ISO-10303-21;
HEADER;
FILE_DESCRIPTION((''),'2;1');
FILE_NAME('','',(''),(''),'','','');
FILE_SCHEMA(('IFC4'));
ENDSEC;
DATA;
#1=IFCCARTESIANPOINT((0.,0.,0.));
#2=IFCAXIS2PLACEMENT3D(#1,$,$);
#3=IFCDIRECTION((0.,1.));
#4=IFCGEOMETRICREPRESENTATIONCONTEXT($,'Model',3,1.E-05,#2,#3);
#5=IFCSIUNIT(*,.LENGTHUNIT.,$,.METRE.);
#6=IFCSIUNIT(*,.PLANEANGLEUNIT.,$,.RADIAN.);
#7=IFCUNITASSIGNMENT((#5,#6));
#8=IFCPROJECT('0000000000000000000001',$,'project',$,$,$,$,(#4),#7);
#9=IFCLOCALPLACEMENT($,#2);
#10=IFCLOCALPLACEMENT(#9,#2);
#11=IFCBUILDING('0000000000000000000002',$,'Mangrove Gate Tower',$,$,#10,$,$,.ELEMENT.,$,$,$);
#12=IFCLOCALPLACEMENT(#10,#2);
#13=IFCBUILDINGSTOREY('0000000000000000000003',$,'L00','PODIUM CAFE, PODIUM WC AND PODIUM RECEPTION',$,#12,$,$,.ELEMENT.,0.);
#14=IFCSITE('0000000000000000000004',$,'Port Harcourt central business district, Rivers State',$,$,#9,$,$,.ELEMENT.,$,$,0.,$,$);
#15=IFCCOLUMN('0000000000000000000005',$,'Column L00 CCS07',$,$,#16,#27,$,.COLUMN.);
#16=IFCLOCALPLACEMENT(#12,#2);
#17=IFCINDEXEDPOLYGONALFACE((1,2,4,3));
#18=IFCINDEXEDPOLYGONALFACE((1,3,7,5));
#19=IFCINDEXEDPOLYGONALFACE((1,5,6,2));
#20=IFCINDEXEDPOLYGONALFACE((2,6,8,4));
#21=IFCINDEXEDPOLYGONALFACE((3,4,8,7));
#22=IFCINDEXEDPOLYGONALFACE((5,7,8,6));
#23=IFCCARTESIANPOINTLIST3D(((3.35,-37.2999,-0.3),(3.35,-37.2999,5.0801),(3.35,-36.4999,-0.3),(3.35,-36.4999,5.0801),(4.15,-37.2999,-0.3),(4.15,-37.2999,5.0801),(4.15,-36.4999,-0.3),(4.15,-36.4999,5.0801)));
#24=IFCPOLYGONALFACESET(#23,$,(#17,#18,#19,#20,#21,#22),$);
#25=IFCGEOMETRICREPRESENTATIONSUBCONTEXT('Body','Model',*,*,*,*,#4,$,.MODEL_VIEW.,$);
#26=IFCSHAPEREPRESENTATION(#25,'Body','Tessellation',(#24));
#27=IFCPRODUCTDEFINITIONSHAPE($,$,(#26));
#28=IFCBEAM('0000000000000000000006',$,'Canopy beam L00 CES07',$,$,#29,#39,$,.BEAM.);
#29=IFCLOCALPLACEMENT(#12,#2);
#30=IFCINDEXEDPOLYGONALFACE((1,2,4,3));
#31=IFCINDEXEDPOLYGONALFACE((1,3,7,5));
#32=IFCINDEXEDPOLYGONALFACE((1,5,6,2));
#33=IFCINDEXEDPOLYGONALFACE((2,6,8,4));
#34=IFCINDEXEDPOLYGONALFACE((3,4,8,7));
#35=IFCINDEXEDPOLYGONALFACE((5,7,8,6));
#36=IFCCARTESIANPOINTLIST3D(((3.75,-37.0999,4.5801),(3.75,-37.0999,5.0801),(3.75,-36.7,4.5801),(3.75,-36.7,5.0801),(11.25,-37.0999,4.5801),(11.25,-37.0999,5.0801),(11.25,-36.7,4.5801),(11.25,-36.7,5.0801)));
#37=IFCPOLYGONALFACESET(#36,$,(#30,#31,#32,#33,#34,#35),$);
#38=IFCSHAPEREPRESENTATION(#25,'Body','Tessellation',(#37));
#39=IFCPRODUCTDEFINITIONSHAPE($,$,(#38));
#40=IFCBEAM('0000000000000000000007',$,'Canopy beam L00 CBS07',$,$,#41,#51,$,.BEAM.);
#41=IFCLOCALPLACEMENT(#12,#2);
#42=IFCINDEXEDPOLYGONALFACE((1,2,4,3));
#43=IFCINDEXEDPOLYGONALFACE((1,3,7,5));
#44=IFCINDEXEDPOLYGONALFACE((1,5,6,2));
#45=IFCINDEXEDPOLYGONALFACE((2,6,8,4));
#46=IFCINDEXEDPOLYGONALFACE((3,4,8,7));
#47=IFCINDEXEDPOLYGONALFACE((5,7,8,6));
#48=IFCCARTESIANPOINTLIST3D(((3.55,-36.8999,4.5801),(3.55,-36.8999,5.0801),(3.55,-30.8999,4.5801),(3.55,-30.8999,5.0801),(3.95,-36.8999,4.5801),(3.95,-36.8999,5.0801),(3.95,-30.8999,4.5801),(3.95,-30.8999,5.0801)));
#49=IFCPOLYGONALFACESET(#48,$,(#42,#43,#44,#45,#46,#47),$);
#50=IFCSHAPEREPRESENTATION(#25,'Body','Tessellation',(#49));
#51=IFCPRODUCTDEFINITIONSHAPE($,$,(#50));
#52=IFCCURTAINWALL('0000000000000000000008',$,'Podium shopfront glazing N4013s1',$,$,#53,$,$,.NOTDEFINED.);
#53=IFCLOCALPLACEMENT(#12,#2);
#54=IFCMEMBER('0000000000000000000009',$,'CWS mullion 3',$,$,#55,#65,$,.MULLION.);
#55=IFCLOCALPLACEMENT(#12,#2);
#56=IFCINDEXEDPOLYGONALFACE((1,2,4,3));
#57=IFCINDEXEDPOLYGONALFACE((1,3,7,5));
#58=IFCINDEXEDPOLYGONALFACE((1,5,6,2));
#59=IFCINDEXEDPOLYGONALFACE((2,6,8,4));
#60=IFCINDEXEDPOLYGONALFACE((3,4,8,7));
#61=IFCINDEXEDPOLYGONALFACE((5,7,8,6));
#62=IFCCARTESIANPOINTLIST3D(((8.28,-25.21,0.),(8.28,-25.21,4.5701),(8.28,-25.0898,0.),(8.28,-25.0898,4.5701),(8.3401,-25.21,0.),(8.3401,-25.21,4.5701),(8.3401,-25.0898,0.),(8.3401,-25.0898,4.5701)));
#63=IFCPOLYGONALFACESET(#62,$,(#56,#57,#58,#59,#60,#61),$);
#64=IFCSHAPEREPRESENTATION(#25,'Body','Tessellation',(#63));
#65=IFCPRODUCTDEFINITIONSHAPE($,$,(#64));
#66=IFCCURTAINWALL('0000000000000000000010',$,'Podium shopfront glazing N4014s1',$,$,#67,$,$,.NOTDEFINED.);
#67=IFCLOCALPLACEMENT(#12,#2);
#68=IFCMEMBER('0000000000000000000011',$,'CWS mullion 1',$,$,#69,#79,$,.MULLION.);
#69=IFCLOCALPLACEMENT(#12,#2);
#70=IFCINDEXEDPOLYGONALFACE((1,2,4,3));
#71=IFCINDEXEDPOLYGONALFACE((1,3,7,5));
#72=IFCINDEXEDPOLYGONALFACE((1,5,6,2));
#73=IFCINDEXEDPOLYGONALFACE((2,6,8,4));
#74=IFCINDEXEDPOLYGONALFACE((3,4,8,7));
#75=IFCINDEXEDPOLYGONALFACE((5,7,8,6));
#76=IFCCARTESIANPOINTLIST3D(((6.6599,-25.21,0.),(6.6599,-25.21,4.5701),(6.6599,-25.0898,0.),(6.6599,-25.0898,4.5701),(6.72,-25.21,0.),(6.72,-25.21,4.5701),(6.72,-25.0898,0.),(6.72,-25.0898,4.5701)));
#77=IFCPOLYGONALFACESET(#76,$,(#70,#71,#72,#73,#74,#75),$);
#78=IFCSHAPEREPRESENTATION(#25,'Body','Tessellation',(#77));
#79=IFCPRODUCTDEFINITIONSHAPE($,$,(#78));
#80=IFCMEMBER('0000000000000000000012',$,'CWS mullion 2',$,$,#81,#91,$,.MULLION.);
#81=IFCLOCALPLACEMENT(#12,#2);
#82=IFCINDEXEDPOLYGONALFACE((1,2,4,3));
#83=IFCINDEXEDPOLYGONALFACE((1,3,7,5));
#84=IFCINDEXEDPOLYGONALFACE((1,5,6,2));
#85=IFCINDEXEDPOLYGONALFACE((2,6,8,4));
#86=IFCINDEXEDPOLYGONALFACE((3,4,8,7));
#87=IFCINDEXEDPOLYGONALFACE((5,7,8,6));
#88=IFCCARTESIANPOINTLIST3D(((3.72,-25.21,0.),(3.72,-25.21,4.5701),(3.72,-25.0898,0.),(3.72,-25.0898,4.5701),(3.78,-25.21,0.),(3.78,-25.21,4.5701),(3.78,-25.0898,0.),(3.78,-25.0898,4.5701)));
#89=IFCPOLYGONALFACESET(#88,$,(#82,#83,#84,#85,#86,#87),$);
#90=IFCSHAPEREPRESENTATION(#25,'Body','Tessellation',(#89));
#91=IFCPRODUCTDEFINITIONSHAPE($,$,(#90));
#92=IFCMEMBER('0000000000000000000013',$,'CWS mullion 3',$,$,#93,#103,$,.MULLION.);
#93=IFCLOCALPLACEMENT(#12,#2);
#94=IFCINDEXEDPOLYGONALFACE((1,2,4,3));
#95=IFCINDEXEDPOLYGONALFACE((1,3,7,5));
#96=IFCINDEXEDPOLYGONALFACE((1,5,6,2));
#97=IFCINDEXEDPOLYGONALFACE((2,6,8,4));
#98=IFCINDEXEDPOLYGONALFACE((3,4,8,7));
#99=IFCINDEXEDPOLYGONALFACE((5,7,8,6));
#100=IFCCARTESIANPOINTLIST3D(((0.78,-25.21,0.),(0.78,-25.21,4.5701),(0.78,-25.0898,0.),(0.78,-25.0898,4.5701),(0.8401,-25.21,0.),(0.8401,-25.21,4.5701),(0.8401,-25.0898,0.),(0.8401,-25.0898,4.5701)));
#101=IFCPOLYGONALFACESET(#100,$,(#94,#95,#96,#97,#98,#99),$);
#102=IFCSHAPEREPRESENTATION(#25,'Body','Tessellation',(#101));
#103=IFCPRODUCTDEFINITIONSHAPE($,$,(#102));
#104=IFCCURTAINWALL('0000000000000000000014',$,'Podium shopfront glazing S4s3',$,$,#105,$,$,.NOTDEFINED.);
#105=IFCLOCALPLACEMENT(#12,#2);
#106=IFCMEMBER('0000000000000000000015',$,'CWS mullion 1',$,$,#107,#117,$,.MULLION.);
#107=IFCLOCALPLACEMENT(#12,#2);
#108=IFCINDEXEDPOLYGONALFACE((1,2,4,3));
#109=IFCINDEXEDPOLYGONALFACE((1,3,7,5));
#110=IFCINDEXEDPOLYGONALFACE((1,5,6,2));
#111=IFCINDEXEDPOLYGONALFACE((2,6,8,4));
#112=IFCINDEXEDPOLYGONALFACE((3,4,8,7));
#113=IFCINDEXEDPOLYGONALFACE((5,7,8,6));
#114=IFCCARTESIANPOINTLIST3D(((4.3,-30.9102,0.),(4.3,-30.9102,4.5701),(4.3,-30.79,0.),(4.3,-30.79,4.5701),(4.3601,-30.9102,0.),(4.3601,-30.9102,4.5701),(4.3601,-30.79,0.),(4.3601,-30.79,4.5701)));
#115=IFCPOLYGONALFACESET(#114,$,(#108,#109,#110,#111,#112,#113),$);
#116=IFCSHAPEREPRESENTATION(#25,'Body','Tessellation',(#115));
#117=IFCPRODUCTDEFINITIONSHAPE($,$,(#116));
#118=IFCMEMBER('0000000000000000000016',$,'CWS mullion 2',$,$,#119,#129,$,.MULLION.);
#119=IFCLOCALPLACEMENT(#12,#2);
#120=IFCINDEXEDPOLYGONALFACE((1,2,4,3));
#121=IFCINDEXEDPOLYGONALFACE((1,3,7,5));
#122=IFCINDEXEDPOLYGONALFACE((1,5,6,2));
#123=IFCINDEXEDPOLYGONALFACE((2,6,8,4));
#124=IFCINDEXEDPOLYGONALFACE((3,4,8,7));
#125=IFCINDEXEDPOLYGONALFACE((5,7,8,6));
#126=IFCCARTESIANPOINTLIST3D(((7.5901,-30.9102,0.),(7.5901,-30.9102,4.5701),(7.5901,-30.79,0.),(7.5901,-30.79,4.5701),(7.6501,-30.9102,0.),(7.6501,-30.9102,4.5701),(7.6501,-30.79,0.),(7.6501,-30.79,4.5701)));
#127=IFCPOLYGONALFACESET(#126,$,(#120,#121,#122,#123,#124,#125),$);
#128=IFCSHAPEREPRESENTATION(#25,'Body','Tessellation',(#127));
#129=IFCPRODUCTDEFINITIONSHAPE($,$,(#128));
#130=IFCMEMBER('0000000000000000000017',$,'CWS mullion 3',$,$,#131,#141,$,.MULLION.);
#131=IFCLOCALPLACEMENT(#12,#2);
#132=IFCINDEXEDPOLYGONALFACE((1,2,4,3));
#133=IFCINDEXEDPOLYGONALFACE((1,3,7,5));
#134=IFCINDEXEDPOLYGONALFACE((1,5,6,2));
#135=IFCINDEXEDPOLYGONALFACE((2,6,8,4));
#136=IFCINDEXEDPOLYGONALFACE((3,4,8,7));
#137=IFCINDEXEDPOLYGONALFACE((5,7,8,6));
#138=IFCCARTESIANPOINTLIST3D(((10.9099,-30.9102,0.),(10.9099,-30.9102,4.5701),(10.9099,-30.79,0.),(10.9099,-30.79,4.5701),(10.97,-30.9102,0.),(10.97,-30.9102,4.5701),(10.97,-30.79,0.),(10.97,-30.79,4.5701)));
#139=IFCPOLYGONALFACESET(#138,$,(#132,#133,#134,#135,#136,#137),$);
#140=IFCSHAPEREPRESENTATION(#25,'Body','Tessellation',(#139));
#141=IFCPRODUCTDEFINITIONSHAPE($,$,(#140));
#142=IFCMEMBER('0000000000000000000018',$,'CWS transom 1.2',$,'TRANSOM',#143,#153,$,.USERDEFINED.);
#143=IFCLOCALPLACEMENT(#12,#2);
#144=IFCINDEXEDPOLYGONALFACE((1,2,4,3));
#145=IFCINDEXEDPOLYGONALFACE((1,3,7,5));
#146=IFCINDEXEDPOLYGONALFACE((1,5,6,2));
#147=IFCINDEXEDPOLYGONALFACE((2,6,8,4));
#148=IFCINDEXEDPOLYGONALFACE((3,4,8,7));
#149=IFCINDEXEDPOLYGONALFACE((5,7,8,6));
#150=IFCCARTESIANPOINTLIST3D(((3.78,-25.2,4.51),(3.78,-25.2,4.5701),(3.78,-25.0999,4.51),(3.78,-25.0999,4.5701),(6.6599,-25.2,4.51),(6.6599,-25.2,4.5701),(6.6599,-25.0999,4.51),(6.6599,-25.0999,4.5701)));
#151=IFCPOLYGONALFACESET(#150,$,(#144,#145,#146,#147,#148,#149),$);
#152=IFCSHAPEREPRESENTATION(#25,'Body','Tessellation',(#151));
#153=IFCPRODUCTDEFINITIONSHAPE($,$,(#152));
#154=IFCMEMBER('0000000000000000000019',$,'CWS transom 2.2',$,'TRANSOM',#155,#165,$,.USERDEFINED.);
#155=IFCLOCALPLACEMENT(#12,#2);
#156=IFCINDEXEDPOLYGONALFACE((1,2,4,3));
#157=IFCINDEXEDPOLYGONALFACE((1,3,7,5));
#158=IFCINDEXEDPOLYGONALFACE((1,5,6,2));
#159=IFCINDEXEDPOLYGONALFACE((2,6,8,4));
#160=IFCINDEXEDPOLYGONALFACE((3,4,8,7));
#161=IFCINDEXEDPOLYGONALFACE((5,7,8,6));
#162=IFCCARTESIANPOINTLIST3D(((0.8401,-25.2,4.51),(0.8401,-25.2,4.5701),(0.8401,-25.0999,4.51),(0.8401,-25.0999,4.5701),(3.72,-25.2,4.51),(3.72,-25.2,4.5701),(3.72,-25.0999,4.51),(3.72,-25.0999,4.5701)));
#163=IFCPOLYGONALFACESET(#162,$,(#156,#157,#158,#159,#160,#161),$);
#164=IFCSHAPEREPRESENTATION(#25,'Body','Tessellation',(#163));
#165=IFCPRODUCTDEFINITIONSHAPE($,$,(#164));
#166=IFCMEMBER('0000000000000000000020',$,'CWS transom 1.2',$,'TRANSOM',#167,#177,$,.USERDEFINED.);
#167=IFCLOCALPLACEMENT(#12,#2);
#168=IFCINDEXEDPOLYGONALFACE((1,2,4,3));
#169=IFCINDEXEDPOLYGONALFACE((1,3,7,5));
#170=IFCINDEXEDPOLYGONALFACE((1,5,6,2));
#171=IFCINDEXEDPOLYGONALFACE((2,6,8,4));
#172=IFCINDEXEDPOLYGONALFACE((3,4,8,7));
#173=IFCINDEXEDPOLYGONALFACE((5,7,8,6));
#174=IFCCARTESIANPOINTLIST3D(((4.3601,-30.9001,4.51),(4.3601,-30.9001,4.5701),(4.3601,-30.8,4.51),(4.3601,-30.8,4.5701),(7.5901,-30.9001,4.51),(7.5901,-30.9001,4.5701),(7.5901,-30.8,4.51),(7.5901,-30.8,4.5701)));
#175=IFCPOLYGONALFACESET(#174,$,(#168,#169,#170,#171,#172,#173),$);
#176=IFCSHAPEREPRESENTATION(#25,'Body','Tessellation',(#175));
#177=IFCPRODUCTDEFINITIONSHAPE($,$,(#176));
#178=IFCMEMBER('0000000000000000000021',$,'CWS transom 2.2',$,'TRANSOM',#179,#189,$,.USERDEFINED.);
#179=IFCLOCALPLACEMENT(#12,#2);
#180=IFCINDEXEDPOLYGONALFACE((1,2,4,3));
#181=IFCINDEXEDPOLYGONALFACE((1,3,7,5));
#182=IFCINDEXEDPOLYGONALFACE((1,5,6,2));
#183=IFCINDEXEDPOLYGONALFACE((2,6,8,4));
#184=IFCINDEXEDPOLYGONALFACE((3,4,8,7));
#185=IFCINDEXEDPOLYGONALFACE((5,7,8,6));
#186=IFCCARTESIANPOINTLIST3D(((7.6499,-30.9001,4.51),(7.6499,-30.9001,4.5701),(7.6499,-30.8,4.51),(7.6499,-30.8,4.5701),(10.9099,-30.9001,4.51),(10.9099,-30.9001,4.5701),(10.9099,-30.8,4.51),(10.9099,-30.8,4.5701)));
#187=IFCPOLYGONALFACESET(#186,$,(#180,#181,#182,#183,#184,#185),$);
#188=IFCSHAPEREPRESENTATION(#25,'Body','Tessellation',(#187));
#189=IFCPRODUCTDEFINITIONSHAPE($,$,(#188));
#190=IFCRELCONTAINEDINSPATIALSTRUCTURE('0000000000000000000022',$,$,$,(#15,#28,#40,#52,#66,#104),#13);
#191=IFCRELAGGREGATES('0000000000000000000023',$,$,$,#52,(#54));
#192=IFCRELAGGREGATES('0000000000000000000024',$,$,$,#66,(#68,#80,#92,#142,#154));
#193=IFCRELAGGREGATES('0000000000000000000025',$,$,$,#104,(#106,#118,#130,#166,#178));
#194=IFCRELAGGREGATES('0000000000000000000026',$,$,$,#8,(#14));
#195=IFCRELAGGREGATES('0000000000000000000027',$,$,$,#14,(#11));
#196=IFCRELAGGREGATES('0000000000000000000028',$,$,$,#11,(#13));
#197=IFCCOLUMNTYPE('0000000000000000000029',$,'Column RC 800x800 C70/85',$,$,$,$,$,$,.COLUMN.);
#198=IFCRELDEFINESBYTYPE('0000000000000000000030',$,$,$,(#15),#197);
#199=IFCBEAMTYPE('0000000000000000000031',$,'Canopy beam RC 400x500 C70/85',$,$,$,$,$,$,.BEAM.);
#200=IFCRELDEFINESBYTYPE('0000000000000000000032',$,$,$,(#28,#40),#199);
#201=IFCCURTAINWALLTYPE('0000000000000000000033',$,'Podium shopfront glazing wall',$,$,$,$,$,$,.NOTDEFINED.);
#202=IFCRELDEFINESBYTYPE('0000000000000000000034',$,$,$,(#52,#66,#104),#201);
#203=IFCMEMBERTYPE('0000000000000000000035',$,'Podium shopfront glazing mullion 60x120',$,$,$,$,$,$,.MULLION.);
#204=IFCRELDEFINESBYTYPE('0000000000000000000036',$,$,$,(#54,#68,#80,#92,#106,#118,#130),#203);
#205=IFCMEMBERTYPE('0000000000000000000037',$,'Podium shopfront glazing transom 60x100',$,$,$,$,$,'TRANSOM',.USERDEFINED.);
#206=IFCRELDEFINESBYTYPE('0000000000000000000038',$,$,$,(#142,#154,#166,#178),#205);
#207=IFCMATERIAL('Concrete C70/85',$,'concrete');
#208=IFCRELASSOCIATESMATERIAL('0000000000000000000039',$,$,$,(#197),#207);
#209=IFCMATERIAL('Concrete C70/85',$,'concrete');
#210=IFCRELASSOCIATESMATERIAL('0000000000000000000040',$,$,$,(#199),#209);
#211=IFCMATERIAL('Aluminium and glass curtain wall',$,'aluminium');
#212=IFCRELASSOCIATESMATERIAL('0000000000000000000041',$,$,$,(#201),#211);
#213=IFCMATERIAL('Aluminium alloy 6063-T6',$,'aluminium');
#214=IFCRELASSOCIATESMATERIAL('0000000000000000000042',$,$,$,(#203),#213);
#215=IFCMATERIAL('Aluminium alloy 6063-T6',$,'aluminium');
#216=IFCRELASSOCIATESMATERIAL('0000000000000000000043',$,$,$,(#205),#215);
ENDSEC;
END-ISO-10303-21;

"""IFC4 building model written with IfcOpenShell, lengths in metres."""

from ifc_helpers import new_model, si_unit, direction, frame, origin, origin_2d, place, context, subcontext, project, spatial, rectangle, extrude, material, material_profile, profile_set, type_object, element, aggregate, save


model = new_model("IFC4")

# Units and contexts
model_context = context("Model", 3, precision=1e-05, world=origin(), true_north=direction((0.0, 1.0)))
body_context = subcontext(model_context, "Body", "Model", "MODEL_VIEW")
ifc_project = project(units=[si_unit("LENGTHUNIT", "METRE"), si_unit("PLANEANGLEUNIT", "RADIAN")], contexts=[model_context])

# Site, building, storey
site_placement = place(None, origin())
site = spatial("IfcSite", under=ifc_project, at=site_placement, Name="Port Harcourt central business district, Rivers State", CompositionType="ELEMENT", RefElevation=0.0)
building_placement = place(site_placement, origin())
building = spatial("IfcBuilding", under=site, at=building_placement, Name="Mangrove Gate Tower", CompositionType="ELEMENT")
storey_placement = place(building_placement, origin())
storey = spatial("IfcBuildingStorey", under=building, at=storey_placement, Name="L00", Description="PODIUM CAFE, PODIUM WC AND PODIUM RECEPTION", CompositionType="ELEMENT", Elevation=0.0)

# Column
ifc_material_1 = material(Name="Concrete C70/85", Category="concrete")
ifc_material_profile_1 = material_profile(ifc_material_1, rectangle(XDim=0.8, YDim=0.8, at=origin_2d()))
ifc_profile_set_1 = profile_set([ifc_material_profile_1], Name="Concrete C70/85")
column_type_1 = type_object("IfcColumnType", Name="Column RC 800x800 C70/85", PredefinedType="COLUMN", material=ifc_profile_set_1)
column_1_placement = place(storey_placement, frame((3.75, -36.8999, -0.3), z_axis=(0.0, 0.0, 1.0), x_axis=(1.0, 0.0, 0.0)))
element("IfcColumn", 1, at=column_1_placement, inside=storey, type_object=column_type_1, Name="Column L00 CCS07", PredefinedType="COLUMN", context=body_context, shape_type="SweptSolid", body=[
    extrude(rectangle(XDim=0.8, YDim=0.8, at=origin_2d()), origin(), (0.0, 0.0, 1.0), 5.3801),
])

# Beams
ifc_material_2 = material(Name="Concrete C70/85", Category="concrete")
ifc_material_profile_2 = material_profile(ifc_material_2, rectangle(XDim=0.3999, YDim=0.5, at=origin_2d()))
ifc_profile_set_2 = profile_set([ifc_material_profile_2], Name="Concrete C70/85")
beam_type = type_object("IfcBeamType", Name="Canopy beam RC 400x500 C70/85", PredefinedType="BEAM", material=ifc_profile_set_2)
beam_1_placement = place(storey_placement, frame((3.75, -36.8999, 4.8301), z_axis=(1.0, 0.0, 0.0), x_axis=(0.0, 1.0, 0.0)))
element("IfcBeam", 2, at=beam_1_placement, inside=storey, type_object=beam_type, Name="Canopy beam L00 CES07", PredefinedType="BEAM", context=body_context, shape_type="SweptSolid", body=[
    extrude(rectangle(XDim=0.3999, YDim=0.5, at=origin_2d()), origin(), (0.0, 0.0, 1.0), 7.5),
])
beam_2_placement = place(storey_placement, frame((3.75, -30.8999, 4.8301), z_axis=(0.0, -1.0, 0.0), x_axis=(1.0, 0.0, 0.0)))
element("IfcBeam", 3, at=beam_2_placement, inside=storey, type_object=beam_type, Name="Canopy beam L00 CBS07", PredefinedType="BEAM", context=body_context, shape_type="SweptSolid", body=[
    extrude(rectangle(XDim=0.3999, YDim=0.5, at=origin_2d()), origin(), (0.0, 0.0, 1.0), 6.0),
])

# Curtain wall, member
ifc_material_3 = material(Name="Aluminium and glass curtain wall", Category="aluminium")
curtain_wall_type = type_object("IfcCurtainWallType", Name="Podium shopfront glazing wall", PredefinedType="NOTDEFINED", material=ifc_material_3)
curtain_wall_1_placement = place(storey_placement, origin())
curtain_wall_1 = element("IfcCurtainWall", 4, at=curtain_wall_1_placement, inside=storey, type_object=curtain_wall_type, Name="Podium shopfront glazing N4013s1", PredefinedType="NOTDEFINED")
ifc_material_4 = material(Name="Aluminium alloy 6063-T6", Category="aluminium")
ifc_material_profile_3 = material_profile(ifc_material_4, rectangle(XDim=0.0601, YDim=0.1201, at=origin_2d()))
ifc_profile_set_3 = profile_set([ifc_material_profile_3], Name="Aluminium alloy 6063-T6")
member_type_1 = type_object("IfcMemberType", Name="Podium shopfront glazing mullion 60x120", PredefinedType="MULLION", material=ifc_profile_set_3)
member_1_placement = place(storey_placement, frame((8.3101, -25.1499, 0.0), z_axis=(0.0, 0.0, 1.0), x_axis=(-1.0, 0.0, 0.0)))
member_1 = element("IfcMember", 5, at=member_1_placement, type_object=member_type_1, Name="CWS mullion 3", PredefinedType="MULLION", context=body_context, shape_type="SweptSolid", body=[
    extrude(rectangle(XDim=0.0601, YDim=0.1201, at=origin_2d()), origin(), (0.0, 0.0, 1.0), 4.5701),
])

# Curtain walls, members
curtain_wall_2_placement = place(storey_placement, origin())
curtain_wall_2 = element("IfcCurtainWall", 6, at=curtain_wall_2_placement, inside=storey, type_object=curtain_wall_type, Name="Podium shopfront glazing N4014s1", PredefinedType="NOTDEFINED")
member_2_placement = place(storey_placement, frame((6.6899, -25.1499, 0.0), z_axis=(0.0, 0.0, 1.0), x_axis=(-1.0, 0.0, 0.0)))
member_2 = element("IfcMember", 7, at=member_2_placement, type_object=member_type_1, Name="CWS mullion 1", PredefinedType="MULLION", context=body_context, shape_type="SweptSolid", body=[
    extrude(rectangle(XDim=0.0601, YDim=0.1201, at=origin_2d()), origin(), (0.0, 0.0, 1.0), 4.5701),
])
member_3_placement = place(storey_placement, frame((3.75, -25.1499, 0.0), z_axis=(0.0, 0.0, 1.0), x_axis=(-1.0, 0.0, 0.0)))
member_3 = element("IfcMember", 8, at=member_3_placement, type_object=member_type_1, Name="CWS mullion 2", PredefinedType="MULLION", context=body_context, shape_type="SweptSolid", body=[
    extrude(rectangle(XDim=0.0601, YDim=0.1201, at=origin_2d()), origin(), (0.0, 0.0, 1.0), 4.5701),
])
member_4_placement = place(storey_placement, frame((0.8101, -25.1499, 0.0), z_axis=(0.0, 0.0, 1.0), x_axis=(-1.0, 0.0, 0.0)))
member_4 = element("IfcMember", 9, at=member_4_placement, type_object=member_type_1, Name="CWS mullion 3", PredefinedType="MULLION", context=body_context, shape_type="SweptSolid", body=[
    extrude(rectangle(XDim=0.0601, YDim=0.1201, at=origin_2d()), origin(), (0.0, 0.0, 1.0), 4.5701),
])
curtain_wall_3_placement = place(storey_placement, origin())
curtain_wall_3 = element("IfcCurtainWall", 10, at=curtain_wall_3_placement, inside=storey, type_object=curtain_wall_type, Name="Podium shopfront glazing S4s3", PredefinedType="NOTDEFINED")
member_5_placement = place(storey_placement, frame((4.3301, -30.8501, 0.0), z_axis=(0.0, 0.0, 1.0), x_axis=(1.0, 0.0, 0.0)))
member_5 = element("IfcMember", 11, at=member_5_placement, type_object=member_type_1, Name="CWS mullion 1", PredefinedType="MULLION", context=body_context, shape_type="SweptSolid", body=[
    extrude(rectangle(XDim=0.0601, YDim=0.1201, at=origin_2d()), origin(), (0.0, 0.0, 1.0), 4.5701),
])
member_6_placement = place(storey_placement, frame((7.6201, -30.8501, 0.0), z_axis=(0.0, 0.0, 1.0), x_axis=(1.0, 0.0, 0.0)))
member_6 = element("IfcMember", 12, at=member_6_placement, type_object=member_type_1, Name="CWS mullion 2", PredefinedType="MULLION", context=body_context, shape_type="SweptSolid", body=[
    extrude(rectangle(XDim=0.0601, YDim=0.1201, at=origin_2d()), origin(), (0.0, 0.0, 1.0), 4.5701),
])
member_7_placement = place(storey_placement, frame((10.9399, -30.8501, 0.0), z_axis=(0.0, 0.0, 1.0), x_axis=(1.0, 0.0, 0.0)))
member_7 = element("IfcMember", 13, at=member_7_placement, type_object=member_type_1, Name="CWS mullion 3", PredefinedType="MULLION", context=body_context, shape_type="SweptSolid", body=[
    extrude(rectangle(XDim=0.0601, YDim=0.1201, at=origin_2d()), origin(), (0.0, 0.0, 1.0), 4.5701),
])

# Members
ifc_material_5 = material(Name="Aluminium alloy 6063-T6", Category="aluminium")
ifc_material_profile_4 = material_profile(ifc_material_5, rectangle(XDim=0.0601, YDim=0.1001, at=origin_2d()))
ifc_profile_set_4 = profile_set([ifc_material_profile_4], Name="Aluminium alloy 6063-T6")
member_type_2 = type_object("IfcMemberType", Name="Podium shopfront glazing transom 60x100", ElementType="TRANSOM", PredefinedType="USERDEFINED", material=ifc_profile_set_4)
member_8_placement = place(storey_placement, frame((6.6599, -25.1499, 4.54), z_axis=(-1.0, 0.0, 0.0), x_axis=(0.0, 0.0, 1.0)))
member_8 = element("IfcMember", 14, at=member_8_placement, type_object=member_type_2, Name="CWS transom 1.2", ObjectType="TRANSOM", PredefinedType="USERDEFINED", context=body_context, shape_type="SweptSolid", body=[
    extrude(rectangle(XDim=0.0601, YDim=0.1001, at=origin_2d()), origin(), (0.0, 0.0, 1.0), 2.8799),
])
member_9_placement = place(storey_placement, frame((3.72, -25.1499, 4.54), z_axis=(-1.0, 0.0, 0.0), x_axis=(0.0, 0.0, 1.0)))
member_9 = element("IfcMember", 15, at=member_9_placement, type_object=member_type_2, Name="CWS transom 2.2", ObjectType="TRANSOM", PredefinedType="USERDEFINED", context=body_context, shape_type="SweptSolid", body=[
    extrude(rectangle(XDim=0.0601, YDim=0.1001, at=origin_2d()), origin(), (0.0, 0.0, 1.0), 2.8799),
])
member_10_placement = place(storey_placement, frame((4.3601, -30.8501, 4.54), z_axis=(1.0, 0.0, 0.0), x_axis=(0.0, 0.0, 1.0)))
member_10 = element("IfcMember", 16, at=member_10_placement, type_object=member_type_2, Name="CWS transom 1.2", ObjectType="TRANSOM", PredefinedType="USERDEFINED", context=body_context, shape_type="SweptSolid", body=[
    extrude(rectangle(XDim=0.0601, YDim=0.1001, at=origin_2d()), origin(), (0.0, 0.0, 1.0), 3.23),
])
member_11_placement = place(storey_placement, frame((7.6499, -30.8501, 4.54), z_axis=(1.0, 0.0, 0.0), x_axis=(0.0, 0.0, 1.0)))
member_11 = element("IfcMember", 17, at=member_11_placement, type_object=member_type_2, Name="CWS transom 2.2", ObjectType="TRANSOM", PredefinedType="USERDEFINED", context=body_context, shape_type="SweptSolid", body=[
    extrude(rectangle(XDim=0.0601, YDim=0.1001, at=origin_2d()), origin(), (0.0, 0.0, 1.0), 3.26),
])

aggregate(curtain_wall_1, [member_1])
aggregate(curtain_wall_2, [member_2, member_3, member_4, member_8, member_9])
aggregate(curtain_wall_3, [member_5, member_6, member_7, member_10, member_11])

save(model, "model.ifc")
